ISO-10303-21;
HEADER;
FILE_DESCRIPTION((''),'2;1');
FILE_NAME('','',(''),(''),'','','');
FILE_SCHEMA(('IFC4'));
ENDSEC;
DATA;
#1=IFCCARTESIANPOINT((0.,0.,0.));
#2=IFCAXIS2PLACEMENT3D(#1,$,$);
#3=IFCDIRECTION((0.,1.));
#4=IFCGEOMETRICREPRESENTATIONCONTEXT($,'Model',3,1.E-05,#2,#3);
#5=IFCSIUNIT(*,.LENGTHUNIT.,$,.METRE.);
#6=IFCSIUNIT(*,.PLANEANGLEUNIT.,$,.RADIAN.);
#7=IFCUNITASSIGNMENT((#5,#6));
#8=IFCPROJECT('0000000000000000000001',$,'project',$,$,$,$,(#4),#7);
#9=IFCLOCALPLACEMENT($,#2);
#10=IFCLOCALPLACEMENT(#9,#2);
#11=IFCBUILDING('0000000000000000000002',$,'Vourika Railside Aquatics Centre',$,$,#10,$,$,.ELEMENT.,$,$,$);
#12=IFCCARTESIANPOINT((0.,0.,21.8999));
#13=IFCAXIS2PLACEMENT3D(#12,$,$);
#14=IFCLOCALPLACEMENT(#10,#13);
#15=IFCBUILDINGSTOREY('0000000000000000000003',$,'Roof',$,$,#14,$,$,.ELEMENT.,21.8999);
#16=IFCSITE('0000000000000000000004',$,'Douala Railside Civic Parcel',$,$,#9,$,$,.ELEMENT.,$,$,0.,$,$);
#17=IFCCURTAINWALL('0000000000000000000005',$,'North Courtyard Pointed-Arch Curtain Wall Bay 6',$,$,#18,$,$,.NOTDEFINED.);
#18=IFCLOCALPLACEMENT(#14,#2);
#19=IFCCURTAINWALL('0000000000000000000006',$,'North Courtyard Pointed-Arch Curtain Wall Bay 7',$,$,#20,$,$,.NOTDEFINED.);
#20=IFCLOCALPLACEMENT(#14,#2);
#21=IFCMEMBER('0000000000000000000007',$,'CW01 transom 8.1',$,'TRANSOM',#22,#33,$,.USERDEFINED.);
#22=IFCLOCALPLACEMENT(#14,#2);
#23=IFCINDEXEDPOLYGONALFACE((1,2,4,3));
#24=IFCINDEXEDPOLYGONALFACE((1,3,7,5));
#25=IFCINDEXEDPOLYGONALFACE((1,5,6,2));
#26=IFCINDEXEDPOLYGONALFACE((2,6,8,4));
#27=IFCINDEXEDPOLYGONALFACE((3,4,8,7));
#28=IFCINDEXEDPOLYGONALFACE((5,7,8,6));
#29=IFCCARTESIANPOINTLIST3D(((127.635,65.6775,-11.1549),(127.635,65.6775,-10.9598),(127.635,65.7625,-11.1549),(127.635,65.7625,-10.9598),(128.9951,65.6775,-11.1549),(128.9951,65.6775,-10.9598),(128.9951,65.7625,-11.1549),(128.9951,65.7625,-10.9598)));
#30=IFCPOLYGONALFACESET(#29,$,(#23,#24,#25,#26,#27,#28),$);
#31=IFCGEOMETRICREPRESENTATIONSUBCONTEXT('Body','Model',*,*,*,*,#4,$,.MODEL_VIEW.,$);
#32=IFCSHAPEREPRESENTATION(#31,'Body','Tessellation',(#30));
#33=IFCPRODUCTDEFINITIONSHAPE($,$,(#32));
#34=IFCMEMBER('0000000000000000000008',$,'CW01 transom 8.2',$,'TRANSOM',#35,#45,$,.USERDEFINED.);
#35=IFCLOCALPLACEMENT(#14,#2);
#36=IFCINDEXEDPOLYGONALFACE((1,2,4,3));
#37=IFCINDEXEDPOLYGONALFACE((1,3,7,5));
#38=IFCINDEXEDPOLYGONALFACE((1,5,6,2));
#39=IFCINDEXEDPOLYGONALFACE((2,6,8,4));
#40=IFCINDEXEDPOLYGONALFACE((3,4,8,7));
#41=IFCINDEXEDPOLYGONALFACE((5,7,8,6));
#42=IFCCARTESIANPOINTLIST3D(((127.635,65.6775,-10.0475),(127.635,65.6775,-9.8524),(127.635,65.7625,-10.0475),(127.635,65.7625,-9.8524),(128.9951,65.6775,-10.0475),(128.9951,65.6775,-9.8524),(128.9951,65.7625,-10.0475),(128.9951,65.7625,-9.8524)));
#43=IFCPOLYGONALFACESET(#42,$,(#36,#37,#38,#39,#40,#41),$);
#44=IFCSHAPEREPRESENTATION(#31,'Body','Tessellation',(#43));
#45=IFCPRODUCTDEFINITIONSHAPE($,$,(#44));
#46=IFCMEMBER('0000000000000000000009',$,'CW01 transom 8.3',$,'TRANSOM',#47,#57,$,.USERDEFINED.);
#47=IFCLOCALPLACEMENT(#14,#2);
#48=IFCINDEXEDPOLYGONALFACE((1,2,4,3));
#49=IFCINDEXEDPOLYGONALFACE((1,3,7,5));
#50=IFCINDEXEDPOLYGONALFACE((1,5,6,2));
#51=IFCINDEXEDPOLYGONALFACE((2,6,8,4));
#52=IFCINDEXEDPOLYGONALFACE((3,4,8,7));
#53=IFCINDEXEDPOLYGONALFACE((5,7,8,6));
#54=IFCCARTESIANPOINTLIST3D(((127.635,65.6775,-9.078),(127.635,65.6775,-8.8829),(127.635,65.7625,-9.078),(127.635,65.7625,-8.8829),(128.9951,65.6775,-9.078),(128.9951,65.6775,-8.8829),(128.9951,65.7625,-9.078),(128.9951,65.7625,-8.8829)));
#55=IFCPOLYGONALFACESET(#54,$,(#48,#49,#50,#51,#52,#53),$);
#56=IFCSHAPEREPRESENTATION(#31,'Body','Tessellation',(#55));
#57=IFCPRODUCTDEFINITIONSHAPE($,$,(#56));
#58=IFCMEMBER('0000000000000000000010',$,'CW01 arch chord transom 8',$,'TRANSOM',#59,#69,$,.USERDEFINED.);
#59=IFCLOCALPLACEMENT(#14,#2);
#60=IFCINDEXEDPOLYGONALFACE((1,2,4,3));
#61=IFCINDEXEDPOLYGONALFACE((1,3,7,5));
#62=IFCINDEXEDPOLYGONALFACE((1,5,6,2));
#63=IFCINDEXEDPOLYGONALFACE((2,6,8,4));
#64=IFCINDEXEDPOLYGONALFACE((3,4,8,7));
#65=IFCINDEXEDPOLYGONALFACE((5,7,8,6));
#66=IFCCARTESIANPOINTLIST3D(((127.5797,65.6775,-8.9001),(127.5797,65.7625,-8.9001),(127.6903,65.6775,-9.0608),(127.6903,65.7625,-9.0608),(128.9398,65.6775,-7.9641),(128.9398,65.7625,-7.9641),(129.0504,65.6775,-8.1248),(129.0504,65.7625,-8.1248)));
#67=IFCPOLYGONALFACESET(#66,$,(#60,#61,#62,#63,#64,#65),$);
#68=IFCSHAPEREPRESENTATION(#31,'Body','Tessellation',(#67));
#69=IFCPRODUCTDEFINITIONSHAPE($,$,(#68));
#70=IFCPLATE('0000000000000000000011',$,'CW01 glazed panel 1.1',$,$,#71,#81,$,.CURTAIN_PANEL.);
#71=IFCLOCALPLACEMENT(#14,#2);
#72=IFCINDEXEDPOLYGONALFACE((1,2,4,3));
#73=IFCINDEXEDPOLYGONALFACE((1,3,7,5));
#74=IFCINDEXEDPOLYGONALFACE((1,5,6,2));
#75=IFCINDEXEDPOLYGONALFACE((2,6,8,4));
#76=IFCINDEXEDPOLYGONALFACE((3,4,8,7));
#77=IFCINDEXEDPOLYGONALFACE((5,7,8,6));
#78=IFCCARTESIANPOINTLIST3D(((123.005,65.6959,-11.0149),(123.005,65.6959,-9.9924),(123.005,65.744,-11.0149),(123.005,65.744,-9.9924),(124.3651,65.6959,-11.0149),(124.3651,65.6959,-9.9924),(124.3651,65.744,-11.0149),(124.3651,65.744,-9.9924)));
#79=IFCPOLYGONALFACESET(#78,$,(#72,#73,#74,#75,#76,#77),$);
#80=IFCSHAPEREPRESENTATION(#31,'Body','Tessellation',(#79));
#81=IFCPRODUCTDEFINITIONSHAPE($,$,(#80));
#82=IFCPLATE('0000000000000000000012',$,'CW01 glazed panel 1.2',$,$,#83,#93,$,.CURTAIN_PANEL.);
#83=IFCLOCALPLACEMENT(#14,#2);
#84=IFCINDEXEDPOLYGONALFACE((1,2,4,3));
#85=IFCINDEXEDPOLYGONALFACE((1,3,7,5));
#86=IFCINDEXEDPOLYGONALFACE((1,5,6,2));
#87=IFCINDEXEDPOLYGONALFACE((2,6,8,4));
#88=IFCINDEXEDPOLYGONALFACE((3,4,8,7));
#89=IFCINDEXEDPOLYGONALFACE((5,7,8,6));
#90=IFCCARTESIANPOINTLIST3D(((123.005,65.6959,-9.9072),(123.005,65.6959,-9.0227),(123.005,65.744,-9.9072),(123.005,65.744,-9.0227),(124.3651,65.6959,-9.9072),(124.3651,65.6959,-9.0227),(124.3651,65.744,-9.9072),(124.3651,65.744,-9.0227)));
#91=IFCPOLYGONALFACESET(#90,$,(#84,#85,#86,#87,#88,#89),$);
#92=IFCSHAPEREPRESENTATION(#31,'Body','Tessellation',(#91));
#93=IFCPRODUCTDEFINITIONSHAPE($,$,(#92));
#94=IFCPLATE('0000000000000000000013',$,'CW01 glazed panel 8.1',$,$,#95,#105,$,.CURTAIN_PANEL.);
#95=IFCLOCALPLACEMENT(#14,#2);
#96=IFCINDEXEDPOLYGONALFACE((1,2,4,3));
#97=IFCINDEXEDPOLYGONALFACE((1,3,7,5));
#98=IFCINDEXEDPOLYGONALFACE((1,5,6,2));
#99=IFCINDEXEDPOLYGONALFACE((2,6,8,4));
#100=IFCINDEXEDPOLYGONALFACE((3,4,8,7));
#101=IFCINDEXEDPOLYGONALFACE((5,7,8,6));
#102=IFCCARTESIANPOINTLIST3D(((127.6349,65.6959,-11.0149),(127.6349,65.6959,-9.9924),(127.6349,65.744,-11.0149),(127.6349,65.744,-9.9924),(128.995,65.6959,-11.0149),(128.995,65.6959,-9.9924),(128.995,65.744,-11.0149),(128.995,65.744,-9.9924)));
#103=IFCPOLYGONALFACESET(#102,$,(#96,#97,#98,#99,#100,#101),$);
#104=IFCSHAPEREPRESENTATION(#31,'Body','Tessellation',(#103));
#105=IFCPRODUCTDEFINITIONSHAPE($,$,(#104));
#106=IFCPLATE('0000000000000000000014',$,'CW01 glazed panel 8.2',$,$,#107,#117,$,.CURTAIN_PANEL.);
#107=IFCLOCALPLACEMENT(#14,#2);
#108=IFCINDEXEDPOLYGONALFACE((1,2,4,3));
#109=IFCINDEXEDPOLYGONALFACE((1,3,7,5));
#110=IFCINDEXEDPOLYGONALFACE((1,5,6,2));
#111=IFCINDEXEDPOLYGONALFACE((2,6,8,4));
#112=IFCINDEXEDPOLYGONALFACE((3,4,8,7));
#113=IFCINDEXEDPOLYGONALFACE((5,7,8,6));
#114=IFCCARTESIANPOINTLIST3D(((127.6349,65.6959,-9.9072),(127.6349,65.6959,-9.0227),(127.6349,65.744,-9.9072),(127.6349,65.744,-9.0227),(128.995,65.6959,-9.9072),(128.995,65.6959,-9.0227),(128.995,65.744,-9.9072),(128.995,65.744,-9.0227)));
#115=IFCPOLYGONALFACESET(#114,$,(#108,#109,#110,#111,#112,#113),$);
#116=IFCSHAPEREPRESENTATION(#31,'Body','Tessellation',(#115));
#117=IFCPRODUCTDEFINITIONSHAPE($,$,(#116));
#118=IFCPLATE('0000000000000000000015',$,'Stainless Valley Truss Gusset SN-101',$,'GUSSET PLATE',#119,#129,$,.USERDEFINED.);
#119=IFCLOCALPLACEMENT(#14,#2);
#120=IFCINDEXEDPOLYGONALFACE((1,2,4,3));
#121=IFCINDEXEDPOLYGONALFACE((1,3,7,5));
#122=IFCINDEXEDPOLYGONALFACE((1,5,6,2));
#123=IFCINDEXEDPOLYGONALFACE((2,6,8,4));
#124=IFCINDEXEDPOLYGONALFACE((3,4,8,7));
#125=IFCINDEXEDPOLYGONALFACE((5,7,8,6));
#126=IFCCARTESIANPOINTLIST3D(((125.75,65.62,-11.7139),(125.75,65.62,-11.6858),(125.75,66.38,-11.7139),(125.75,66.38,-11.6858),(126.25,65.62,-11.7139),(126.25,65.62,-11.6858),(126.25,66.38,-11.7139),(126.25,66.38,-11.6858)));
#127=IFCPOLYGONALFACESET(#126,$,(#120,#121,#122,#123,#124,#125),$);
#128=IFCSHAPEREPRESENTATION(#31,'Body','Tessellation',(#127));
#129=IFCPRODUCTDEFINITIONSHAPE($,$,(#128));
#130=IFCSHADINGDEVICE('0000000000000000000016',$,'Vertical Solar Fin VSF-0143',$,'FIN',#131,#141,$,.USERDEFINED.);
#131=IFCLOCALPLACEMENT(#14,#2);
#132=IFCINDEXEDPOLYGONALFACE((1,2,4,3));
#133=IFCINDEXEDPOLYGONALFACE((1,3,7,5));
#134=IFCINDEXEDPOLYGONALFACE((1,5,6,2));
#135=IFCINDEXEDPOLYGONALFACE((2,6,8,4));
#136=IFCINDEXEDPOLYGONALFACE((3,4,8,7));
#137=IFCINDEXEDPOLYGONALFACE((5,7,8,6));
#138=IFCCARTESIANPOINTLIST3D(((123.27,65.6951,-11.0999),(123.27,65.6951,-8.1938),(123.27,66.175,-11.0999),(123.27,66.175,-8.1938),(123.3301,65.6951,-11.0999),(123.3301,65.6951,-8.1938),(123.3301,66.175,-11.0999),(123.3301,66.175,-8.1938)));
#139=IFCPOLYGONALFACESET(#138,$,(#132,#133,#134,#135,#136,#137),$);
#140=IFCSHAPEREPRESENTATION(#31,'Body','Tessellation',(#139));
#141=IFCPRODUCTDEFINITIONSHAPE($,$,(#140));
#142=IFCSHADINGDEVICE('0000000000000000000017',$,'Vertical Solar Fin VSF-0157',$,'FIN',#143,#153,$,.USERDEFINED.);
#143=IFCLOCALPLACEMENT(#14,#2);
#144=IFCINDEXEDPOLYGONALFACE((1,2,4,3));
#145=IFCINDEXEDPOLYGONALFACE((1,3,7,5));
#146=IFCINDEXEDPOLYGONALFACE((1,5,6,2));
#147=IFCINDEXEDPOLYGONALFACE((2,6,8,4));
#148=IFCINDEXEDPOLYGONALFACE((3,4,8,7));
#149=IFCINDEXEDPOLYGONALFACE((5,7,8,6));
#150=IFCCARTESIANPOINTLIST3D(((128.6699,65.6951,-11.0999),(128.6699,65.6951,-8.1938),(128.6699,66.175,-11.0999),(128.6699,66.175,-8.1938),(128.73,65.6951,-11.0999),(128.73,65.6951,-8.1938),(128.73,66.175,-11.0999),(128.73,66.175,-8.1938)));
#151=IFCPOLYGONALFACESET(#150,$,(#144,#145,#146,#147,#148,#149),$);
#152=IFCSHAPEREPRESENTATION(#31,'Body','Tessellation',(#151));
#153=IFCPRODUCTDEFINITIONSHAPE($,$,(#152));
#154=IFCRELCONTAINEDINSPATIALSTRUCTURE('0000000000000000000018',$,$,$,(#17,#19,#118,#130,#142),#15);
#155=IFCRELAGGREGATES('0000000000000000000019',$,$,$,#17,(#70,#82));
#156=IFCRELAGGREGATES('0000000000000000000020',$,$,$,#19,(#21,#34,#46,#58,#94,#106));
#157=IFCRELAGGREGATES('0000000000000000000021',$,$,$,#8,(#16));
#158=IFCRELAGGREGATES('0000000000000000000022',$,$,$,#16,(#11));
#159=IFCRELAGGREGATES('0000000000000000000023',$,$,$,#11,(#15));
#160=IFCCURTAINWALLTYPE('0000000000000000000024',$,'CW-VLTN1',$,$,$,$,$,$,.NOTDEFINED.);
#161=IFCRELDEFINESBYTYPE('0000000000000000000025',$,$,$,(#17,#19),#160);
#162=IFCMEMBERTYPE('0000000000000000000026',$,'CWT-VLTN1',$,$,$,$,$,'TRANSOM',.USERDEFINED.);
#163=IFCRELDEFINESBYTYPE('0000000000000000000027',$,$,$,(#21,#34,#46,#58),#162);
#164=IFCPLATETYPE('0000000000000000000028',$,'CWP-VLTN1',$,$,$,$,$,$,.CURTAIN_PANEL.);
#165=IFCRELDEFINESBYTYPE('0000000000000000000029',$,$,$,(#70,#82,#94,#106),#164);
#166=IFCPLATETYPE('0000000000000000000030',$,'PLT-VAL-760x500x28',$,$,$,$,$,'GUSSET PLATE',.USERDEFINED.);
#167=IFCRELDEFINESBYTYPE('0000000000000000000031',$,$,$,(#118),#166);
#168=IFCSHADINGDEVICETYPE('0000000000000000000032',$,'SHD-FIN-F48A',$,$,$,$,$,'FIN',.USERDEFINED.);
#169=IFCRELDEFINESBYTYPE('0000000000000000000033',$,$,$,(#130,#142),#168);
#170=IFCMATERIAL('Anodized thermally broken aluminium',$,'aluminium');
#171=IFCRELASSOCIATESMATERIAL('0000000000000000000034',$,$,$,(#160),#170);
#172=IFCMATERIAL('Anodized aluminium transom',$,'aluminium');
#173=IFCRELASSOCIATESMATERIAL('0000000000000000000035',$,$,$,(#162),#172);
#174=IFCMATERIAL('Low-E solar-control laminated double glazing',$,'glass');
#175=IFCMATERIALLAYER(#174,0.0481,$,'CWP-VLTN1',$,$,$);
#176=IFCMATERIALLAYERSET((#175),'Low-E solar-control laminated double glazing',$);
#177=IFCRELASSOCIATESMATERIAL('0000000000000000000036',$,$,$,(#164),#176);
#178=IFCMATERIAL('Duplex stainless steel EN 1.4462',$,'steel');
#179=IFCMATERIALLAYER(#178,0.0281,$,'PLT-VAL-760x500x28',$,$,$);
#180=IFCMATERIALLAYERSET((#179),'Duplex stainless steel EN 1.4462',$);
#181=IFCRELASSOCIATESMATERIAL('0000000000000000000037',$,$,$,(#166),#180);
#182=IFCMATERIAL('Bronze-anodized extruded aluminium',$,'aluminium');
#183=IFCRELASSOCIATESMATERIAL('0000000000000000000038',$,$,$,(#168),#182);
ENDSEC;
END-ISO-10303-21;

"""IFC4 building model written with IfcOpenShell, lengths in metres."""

from ifc_helpers import new_model, si_unit, direction, frame, origin, origin_2d, place, context, subcontext, project, spatial, rectangle, extrude, material, layer, layer_set, material_profile, profile_set, type_object, element, aggregate, save


model = new_model("IFC4")

# Units and contexts
model_context = context("Model", 3, precision=1e-05, world=origin(), true_north=direction((0.0, 1.0)))
body_context = subcontext(model_context, "Body", "Model", "MODEL_VIEW")
ifc_project = project(units=[si_unit("LENGTHUNIT", "METRE"), si_unit("PLANEANGLEUNIT", "RADIAN")], contexts=[model_context])

# Site, building, storey
site_placement = place(None, origin())
site = spatial("IfcSite", under=ifc_project, at=site_placement, Name="Douala Railside Civic Parcel", CompositionType="ELEMENT", RefElevation=0.0)
building_placement = place(site_placement, origin())
building = spatial("IfcBuilding", under=site, at=building_placement, Name="Vourika Railside Aquatics Centre", CompositionType="ELEMENT")
storey_placement = place(building_placement, frame((0.0, 0.0, 21.8999)))
storey = spatial("IfcBuildingStorey", under=building, at=storey_placement, Name="Roof", CompositionType="ELEMENT", Elevation=21.8999)

# Curtain walls
ifc_material_1 = material(Name="Anodized thermally broken aluminium", Category="aluminium")
curtain_wall_type = type_object("IfcCurtainWallType", Name="CW-VLTN1", PredefinedType="NOTDEFINED", material=ifc_material_1)
curtain_wall_1_placement = place(storey_placement, origin())
curtain_wall_1 = element("IfcCurtainWall", 1, at=curtain_wall_1_placement, inside=storey, type_object=curtain_wall_type, Name="North Courtyard Pointed-Arch Curtain Wall Bay 6", PredefinedType="NOTDEFINED")
curtain_wall_2_placement = place(storey_placement, origin())
curtain_wall_2 = element("IfcCurtainWall", 2, at=curtain_wall_2_placement, inside=storey, type_object=curtain_wall_type, Name="North Courtyard Pointed-Arch Curtain Wall Bay 7", PredefinedType="NOTDEFINED")

# Members
ifc_material_2 = material(Name="Anodized aluminium transom", Category="aluminium")
ifc_material_profile_1 = material_profile(ifc_material_2, rectangle(XDim=0.085, YDim=0.1951, at=origin_2d()), Name="ALU-T 85x195")
ifc_profile_set_1 = profile_set([ifc_material_profile_1], Name="Anodized aluminium transom")
member_type_1 = type_object("IfcMemberType", Name="CWT-VLTN1", ElementType="TRANSOM", PredefinedType="USERDEFINED", material=ifc_profile_set_1)
member_1_placement = place(storey_placement, frame((128.9951, 65.72, -11.0574), z_axis=(-1.0, 0.0, 0.0), x_axis=(0.0, -1.0, 0.0)))
member_1 = element("IfcMember", 3, at=member_1_placement, type_object=member_type_1, Name="CW01 transom 8.1", ObjectType="TRANSOM", PredefinedType="USERDEFINED", context=body_context, shape_type="SweptSolid", body=[
    extrude(rectangle(XDim=0.085, YDim=0.1951, at=origin_2d()), origin(), (0.0, 0.0, 1.0), 1.3601),
])
member_2_placement = place(storey_placement, frame((128.9951, 65.72, -9.95), z_axis=(-1.0, 0.0, 0.0), x_axis=(0.0, -1.0, 0.0)))
member_2 = element("IfcMember", 4, at=member_2_placement, type_object=member_type_1, Name="CW01 transom 8.2", ObjectType="TRANSOM", PredefinedType="USERDEFINED", context=body_context, shape_type="SweptSolid", body=[
    extrude(rectangle(XDim=0.085, YDim=0.1951, at=origin_2d()), origin(), (0.0, 0.0, 1.0), 1.3601),
])
member_3_placement = place(storey_placement, frame((128.9951, 65.72, -8.9805), z_axis=(-1.0, 0.0, 0.0), x_axis=(0.0, -1.0, 0.0)))
member_3 = element("IfcMember", 5, at=member_3_placement, type_object=member_type_1, Name="CW01 transom 8.3", ObjectType="TRANSOM", PredefinedType="USERDEFINED", context=body_context, shape_type="SweptSolid", body=[
    extrude(rectangle(XDim=0.085, YDim=0.1951, at=origin_2d()), origin(), (0.0, 0.0, 1.0), 1.3601),
])
member_4_placement = place(storey_placement, frame((128.9951, 65.72, -8.0444), z_axis=(-0.82377, 0.0, -0.566924), x_axis=(0.0, -1.0, 0.0)))
member_4 = element("IfcMember", 6, at=member_4_placement, type_object=member_type_1, Name="CW01 arch chord transom 8", ObjectType="TRANSOM", PredefinedType="USERDEFINED", context=body_context, shape_type="SweptSolid", body=[
    extrude(rectangle(XDim=0.085, YDim=0.1951, at=origin_2d()), origin(), (0.0, 0.0, 1.0), 1.6511),
])

# Plates
ifc_material_3 = material(Name="Low-E solar-control laminated double glazing", Category="glass")
ifc_layer_1 = layer(ifc_material_3, 0.0481, Name="CWP-VLTN1")
ifc_layer_set_1 = layer_set([ifc_layer_1], Name="Low-E solar-control laminated double glazing")
plate_type_1 = type_object("IfcPlateType", Name="CWP-VLTN1", PredefinedType="CURTAIN_PANEL", material=ifc_layer_set_1)
plate_1_placement = place(storey_placement, frame((123.6851, 65.72, -11.0149), z_axis=(0.0, 0.0, 1.0), x_axis=(-1.0, 0.0, 0.0)))
plate_1 = element("IfcPlate", 7, at=plate_1_placement, type_object=plate_type_1, Name="CW01 glazed panel 1.1", PredefinedType="CURTAIN_PANEL", context=body_context, shape_type="SweptSolid", body=[
    extrude(rectangle(XDim=1.3601, YDim=0.0481, at=origin_2d()), origin(), (0.0, 0.0, 1.0), 1.0225),
])
plate_2_placement = place(storey_placement, frame((123.6851, 65.72, -9.9072), z_axis=(0.0, 0.0, 1.0), x_axis=(-1.0, 0.0, 0.0)))
plate_2 = element("IfcPlate", 8, at=plate_2_placement, type_object=plate_type_1, Name="CW01 glazed panel 1.2", PredefinedType="CURTAIN_PANEL", context=body_context, shape_type="SweptSolid", body=[
    extrude(rectangle(XDim=1.3601, YDim=0.0481, at=origin_2d()), origin(), (0.0, 0.0, 1.0), 0.8845),
])
aggregate(curtain_wall_1, [plate_1, plate_2])
plate_3_placement = place(storey_placement, frame((128.3149, 65.72, -11.0149), z_axis=(0.0, 0.0, 1.0), x_axis=(-1.0, 0.0, 0.0)))
plate_3 = element("IfcPlate", 9, at=plate_3_placement, type_object=plate_type_1, Name="CW01 glazed panel 8.1", PredefinedType="CURTAIN_PANEL", context=body_context, shape_type="SweptSolid", body=[
    extrude(rectangle(XDim=1.3601, YDim=0.0481, at=origin_2d()), origin(), (0.0, 0.0, 1.0), 1.0225),
])
plate_4_placement = place(storey_placement, frame((128.3149, 65.72, -9.9072), z_axis=(0.0, 0.0, 1.0), x_axis=(-1.0, 0.0, 0.0)))
plate_4 = element("IfcPlate", 10, at=plate_4_placement, type_object=plate_type_1, Name="CW01 glazed panel 8.2", PredefinedType="CURTAIN_PANEL", context=body_context, shape_type="SweptSolid", body=[
    extrude(rectangle(XDim=1.3601, YDim=0.0481, at=origin_2d()), origin(), (0.0, 0.0, 1.0), 0.8845),
])
aggregate(curtain_wall_2, [member_1, member_2, member_3, member_4, plate_3, plate_4])
ifc_material_4 = material(Name="Duplex stainless steel EN 1.4462", Category="steel")
ifc_layer_2 = layer(ifc_material_4, 0.0281, Name="PLT-VAL-760x500x28")
ifc_layer_set_2 = layer_set([ifc_layer_2], Name="Duplex stainless steel EN 1.4462")
plate_type_2 = type_object("IfcPlateType", Name="PLT-VAL-760x500x28", ElementType="GUSSET PLATE", PredefinedType="USERDEFINED", material=ifc_layer_set_2)
plate_5_placement = place(storey_placement, frame((126.0, 66.0, -11.7139), z_axis=(0.0, 0.0, 1.0), x_axis=(0.0, 1.0, 0.0)))
element("IfcPlate", 11, at=plate_5_placement, inside=storey, type_object=plate_type_2, Name="Stainless Valley Truss Gusset SN-101", ObjectType="GUSSET PLATE", PredefinedType="USERDEFINED", context=body_context, shape_type="SweptSolid", body=[
    extrude(rectangle(XDim=0.76, YDim=0.5, at=origin_2d()), origin(), (0.0, 0.0, 1.0), 0.0281),
])

# Shading devices
ifc_material_5 = material(Name="Bronze-anodized extruded aluminium", Category="aluminium")
ifc_material_profile_2 = material_profile(ifc_material_5, rectangle(XDim=0.0601, YDim=0.48, at=origin_2d()), Name="ALU-FIN 60x480")
ifc_profile_set_2 = profile_set([ifc_material_profile_2], Name="Bronze-anodized extruded aluminium")
shading_device_type = type_object("IfcShadingDeviceType", Name="SHD-FIN-F48A", ElementType="FIN", PredefinedType="USERDEFINED", material=ifc_profile_set_2)
for number, where, z_axis, x_axis, name in (
    (12, (123.3, 65.9351, -11.0999), (0.0, 0.0, 1.0), (1.0, 0.0, 0.0), "Vertical Solar Fin VSF-0143"),
    (13, (128.7, 65.9351, -11.0999), (0.0, 0.0, 1.0), (1.0, 0.0, 0.0), "Vertical Solar Fin VSF-0157"),
):
    element("IfcShadingDevice", number, at=place(storey_placement, frame(where, z_axis=z_axis, x_axis=x_axis)), inside=storey, type_object=shading_device_type, Name=name, ObjectType="FIN", PredefinedType="USERDEFINED", context=body_context, shape_type="SweptSolid", body=[
        extrude(rectangle(XDim=0.0601, YDim=0.48, at=origin_2d()), origin(), (0.0, 0.0, 1.0), 2.906),
    ])

save(model, "model.ifc")
